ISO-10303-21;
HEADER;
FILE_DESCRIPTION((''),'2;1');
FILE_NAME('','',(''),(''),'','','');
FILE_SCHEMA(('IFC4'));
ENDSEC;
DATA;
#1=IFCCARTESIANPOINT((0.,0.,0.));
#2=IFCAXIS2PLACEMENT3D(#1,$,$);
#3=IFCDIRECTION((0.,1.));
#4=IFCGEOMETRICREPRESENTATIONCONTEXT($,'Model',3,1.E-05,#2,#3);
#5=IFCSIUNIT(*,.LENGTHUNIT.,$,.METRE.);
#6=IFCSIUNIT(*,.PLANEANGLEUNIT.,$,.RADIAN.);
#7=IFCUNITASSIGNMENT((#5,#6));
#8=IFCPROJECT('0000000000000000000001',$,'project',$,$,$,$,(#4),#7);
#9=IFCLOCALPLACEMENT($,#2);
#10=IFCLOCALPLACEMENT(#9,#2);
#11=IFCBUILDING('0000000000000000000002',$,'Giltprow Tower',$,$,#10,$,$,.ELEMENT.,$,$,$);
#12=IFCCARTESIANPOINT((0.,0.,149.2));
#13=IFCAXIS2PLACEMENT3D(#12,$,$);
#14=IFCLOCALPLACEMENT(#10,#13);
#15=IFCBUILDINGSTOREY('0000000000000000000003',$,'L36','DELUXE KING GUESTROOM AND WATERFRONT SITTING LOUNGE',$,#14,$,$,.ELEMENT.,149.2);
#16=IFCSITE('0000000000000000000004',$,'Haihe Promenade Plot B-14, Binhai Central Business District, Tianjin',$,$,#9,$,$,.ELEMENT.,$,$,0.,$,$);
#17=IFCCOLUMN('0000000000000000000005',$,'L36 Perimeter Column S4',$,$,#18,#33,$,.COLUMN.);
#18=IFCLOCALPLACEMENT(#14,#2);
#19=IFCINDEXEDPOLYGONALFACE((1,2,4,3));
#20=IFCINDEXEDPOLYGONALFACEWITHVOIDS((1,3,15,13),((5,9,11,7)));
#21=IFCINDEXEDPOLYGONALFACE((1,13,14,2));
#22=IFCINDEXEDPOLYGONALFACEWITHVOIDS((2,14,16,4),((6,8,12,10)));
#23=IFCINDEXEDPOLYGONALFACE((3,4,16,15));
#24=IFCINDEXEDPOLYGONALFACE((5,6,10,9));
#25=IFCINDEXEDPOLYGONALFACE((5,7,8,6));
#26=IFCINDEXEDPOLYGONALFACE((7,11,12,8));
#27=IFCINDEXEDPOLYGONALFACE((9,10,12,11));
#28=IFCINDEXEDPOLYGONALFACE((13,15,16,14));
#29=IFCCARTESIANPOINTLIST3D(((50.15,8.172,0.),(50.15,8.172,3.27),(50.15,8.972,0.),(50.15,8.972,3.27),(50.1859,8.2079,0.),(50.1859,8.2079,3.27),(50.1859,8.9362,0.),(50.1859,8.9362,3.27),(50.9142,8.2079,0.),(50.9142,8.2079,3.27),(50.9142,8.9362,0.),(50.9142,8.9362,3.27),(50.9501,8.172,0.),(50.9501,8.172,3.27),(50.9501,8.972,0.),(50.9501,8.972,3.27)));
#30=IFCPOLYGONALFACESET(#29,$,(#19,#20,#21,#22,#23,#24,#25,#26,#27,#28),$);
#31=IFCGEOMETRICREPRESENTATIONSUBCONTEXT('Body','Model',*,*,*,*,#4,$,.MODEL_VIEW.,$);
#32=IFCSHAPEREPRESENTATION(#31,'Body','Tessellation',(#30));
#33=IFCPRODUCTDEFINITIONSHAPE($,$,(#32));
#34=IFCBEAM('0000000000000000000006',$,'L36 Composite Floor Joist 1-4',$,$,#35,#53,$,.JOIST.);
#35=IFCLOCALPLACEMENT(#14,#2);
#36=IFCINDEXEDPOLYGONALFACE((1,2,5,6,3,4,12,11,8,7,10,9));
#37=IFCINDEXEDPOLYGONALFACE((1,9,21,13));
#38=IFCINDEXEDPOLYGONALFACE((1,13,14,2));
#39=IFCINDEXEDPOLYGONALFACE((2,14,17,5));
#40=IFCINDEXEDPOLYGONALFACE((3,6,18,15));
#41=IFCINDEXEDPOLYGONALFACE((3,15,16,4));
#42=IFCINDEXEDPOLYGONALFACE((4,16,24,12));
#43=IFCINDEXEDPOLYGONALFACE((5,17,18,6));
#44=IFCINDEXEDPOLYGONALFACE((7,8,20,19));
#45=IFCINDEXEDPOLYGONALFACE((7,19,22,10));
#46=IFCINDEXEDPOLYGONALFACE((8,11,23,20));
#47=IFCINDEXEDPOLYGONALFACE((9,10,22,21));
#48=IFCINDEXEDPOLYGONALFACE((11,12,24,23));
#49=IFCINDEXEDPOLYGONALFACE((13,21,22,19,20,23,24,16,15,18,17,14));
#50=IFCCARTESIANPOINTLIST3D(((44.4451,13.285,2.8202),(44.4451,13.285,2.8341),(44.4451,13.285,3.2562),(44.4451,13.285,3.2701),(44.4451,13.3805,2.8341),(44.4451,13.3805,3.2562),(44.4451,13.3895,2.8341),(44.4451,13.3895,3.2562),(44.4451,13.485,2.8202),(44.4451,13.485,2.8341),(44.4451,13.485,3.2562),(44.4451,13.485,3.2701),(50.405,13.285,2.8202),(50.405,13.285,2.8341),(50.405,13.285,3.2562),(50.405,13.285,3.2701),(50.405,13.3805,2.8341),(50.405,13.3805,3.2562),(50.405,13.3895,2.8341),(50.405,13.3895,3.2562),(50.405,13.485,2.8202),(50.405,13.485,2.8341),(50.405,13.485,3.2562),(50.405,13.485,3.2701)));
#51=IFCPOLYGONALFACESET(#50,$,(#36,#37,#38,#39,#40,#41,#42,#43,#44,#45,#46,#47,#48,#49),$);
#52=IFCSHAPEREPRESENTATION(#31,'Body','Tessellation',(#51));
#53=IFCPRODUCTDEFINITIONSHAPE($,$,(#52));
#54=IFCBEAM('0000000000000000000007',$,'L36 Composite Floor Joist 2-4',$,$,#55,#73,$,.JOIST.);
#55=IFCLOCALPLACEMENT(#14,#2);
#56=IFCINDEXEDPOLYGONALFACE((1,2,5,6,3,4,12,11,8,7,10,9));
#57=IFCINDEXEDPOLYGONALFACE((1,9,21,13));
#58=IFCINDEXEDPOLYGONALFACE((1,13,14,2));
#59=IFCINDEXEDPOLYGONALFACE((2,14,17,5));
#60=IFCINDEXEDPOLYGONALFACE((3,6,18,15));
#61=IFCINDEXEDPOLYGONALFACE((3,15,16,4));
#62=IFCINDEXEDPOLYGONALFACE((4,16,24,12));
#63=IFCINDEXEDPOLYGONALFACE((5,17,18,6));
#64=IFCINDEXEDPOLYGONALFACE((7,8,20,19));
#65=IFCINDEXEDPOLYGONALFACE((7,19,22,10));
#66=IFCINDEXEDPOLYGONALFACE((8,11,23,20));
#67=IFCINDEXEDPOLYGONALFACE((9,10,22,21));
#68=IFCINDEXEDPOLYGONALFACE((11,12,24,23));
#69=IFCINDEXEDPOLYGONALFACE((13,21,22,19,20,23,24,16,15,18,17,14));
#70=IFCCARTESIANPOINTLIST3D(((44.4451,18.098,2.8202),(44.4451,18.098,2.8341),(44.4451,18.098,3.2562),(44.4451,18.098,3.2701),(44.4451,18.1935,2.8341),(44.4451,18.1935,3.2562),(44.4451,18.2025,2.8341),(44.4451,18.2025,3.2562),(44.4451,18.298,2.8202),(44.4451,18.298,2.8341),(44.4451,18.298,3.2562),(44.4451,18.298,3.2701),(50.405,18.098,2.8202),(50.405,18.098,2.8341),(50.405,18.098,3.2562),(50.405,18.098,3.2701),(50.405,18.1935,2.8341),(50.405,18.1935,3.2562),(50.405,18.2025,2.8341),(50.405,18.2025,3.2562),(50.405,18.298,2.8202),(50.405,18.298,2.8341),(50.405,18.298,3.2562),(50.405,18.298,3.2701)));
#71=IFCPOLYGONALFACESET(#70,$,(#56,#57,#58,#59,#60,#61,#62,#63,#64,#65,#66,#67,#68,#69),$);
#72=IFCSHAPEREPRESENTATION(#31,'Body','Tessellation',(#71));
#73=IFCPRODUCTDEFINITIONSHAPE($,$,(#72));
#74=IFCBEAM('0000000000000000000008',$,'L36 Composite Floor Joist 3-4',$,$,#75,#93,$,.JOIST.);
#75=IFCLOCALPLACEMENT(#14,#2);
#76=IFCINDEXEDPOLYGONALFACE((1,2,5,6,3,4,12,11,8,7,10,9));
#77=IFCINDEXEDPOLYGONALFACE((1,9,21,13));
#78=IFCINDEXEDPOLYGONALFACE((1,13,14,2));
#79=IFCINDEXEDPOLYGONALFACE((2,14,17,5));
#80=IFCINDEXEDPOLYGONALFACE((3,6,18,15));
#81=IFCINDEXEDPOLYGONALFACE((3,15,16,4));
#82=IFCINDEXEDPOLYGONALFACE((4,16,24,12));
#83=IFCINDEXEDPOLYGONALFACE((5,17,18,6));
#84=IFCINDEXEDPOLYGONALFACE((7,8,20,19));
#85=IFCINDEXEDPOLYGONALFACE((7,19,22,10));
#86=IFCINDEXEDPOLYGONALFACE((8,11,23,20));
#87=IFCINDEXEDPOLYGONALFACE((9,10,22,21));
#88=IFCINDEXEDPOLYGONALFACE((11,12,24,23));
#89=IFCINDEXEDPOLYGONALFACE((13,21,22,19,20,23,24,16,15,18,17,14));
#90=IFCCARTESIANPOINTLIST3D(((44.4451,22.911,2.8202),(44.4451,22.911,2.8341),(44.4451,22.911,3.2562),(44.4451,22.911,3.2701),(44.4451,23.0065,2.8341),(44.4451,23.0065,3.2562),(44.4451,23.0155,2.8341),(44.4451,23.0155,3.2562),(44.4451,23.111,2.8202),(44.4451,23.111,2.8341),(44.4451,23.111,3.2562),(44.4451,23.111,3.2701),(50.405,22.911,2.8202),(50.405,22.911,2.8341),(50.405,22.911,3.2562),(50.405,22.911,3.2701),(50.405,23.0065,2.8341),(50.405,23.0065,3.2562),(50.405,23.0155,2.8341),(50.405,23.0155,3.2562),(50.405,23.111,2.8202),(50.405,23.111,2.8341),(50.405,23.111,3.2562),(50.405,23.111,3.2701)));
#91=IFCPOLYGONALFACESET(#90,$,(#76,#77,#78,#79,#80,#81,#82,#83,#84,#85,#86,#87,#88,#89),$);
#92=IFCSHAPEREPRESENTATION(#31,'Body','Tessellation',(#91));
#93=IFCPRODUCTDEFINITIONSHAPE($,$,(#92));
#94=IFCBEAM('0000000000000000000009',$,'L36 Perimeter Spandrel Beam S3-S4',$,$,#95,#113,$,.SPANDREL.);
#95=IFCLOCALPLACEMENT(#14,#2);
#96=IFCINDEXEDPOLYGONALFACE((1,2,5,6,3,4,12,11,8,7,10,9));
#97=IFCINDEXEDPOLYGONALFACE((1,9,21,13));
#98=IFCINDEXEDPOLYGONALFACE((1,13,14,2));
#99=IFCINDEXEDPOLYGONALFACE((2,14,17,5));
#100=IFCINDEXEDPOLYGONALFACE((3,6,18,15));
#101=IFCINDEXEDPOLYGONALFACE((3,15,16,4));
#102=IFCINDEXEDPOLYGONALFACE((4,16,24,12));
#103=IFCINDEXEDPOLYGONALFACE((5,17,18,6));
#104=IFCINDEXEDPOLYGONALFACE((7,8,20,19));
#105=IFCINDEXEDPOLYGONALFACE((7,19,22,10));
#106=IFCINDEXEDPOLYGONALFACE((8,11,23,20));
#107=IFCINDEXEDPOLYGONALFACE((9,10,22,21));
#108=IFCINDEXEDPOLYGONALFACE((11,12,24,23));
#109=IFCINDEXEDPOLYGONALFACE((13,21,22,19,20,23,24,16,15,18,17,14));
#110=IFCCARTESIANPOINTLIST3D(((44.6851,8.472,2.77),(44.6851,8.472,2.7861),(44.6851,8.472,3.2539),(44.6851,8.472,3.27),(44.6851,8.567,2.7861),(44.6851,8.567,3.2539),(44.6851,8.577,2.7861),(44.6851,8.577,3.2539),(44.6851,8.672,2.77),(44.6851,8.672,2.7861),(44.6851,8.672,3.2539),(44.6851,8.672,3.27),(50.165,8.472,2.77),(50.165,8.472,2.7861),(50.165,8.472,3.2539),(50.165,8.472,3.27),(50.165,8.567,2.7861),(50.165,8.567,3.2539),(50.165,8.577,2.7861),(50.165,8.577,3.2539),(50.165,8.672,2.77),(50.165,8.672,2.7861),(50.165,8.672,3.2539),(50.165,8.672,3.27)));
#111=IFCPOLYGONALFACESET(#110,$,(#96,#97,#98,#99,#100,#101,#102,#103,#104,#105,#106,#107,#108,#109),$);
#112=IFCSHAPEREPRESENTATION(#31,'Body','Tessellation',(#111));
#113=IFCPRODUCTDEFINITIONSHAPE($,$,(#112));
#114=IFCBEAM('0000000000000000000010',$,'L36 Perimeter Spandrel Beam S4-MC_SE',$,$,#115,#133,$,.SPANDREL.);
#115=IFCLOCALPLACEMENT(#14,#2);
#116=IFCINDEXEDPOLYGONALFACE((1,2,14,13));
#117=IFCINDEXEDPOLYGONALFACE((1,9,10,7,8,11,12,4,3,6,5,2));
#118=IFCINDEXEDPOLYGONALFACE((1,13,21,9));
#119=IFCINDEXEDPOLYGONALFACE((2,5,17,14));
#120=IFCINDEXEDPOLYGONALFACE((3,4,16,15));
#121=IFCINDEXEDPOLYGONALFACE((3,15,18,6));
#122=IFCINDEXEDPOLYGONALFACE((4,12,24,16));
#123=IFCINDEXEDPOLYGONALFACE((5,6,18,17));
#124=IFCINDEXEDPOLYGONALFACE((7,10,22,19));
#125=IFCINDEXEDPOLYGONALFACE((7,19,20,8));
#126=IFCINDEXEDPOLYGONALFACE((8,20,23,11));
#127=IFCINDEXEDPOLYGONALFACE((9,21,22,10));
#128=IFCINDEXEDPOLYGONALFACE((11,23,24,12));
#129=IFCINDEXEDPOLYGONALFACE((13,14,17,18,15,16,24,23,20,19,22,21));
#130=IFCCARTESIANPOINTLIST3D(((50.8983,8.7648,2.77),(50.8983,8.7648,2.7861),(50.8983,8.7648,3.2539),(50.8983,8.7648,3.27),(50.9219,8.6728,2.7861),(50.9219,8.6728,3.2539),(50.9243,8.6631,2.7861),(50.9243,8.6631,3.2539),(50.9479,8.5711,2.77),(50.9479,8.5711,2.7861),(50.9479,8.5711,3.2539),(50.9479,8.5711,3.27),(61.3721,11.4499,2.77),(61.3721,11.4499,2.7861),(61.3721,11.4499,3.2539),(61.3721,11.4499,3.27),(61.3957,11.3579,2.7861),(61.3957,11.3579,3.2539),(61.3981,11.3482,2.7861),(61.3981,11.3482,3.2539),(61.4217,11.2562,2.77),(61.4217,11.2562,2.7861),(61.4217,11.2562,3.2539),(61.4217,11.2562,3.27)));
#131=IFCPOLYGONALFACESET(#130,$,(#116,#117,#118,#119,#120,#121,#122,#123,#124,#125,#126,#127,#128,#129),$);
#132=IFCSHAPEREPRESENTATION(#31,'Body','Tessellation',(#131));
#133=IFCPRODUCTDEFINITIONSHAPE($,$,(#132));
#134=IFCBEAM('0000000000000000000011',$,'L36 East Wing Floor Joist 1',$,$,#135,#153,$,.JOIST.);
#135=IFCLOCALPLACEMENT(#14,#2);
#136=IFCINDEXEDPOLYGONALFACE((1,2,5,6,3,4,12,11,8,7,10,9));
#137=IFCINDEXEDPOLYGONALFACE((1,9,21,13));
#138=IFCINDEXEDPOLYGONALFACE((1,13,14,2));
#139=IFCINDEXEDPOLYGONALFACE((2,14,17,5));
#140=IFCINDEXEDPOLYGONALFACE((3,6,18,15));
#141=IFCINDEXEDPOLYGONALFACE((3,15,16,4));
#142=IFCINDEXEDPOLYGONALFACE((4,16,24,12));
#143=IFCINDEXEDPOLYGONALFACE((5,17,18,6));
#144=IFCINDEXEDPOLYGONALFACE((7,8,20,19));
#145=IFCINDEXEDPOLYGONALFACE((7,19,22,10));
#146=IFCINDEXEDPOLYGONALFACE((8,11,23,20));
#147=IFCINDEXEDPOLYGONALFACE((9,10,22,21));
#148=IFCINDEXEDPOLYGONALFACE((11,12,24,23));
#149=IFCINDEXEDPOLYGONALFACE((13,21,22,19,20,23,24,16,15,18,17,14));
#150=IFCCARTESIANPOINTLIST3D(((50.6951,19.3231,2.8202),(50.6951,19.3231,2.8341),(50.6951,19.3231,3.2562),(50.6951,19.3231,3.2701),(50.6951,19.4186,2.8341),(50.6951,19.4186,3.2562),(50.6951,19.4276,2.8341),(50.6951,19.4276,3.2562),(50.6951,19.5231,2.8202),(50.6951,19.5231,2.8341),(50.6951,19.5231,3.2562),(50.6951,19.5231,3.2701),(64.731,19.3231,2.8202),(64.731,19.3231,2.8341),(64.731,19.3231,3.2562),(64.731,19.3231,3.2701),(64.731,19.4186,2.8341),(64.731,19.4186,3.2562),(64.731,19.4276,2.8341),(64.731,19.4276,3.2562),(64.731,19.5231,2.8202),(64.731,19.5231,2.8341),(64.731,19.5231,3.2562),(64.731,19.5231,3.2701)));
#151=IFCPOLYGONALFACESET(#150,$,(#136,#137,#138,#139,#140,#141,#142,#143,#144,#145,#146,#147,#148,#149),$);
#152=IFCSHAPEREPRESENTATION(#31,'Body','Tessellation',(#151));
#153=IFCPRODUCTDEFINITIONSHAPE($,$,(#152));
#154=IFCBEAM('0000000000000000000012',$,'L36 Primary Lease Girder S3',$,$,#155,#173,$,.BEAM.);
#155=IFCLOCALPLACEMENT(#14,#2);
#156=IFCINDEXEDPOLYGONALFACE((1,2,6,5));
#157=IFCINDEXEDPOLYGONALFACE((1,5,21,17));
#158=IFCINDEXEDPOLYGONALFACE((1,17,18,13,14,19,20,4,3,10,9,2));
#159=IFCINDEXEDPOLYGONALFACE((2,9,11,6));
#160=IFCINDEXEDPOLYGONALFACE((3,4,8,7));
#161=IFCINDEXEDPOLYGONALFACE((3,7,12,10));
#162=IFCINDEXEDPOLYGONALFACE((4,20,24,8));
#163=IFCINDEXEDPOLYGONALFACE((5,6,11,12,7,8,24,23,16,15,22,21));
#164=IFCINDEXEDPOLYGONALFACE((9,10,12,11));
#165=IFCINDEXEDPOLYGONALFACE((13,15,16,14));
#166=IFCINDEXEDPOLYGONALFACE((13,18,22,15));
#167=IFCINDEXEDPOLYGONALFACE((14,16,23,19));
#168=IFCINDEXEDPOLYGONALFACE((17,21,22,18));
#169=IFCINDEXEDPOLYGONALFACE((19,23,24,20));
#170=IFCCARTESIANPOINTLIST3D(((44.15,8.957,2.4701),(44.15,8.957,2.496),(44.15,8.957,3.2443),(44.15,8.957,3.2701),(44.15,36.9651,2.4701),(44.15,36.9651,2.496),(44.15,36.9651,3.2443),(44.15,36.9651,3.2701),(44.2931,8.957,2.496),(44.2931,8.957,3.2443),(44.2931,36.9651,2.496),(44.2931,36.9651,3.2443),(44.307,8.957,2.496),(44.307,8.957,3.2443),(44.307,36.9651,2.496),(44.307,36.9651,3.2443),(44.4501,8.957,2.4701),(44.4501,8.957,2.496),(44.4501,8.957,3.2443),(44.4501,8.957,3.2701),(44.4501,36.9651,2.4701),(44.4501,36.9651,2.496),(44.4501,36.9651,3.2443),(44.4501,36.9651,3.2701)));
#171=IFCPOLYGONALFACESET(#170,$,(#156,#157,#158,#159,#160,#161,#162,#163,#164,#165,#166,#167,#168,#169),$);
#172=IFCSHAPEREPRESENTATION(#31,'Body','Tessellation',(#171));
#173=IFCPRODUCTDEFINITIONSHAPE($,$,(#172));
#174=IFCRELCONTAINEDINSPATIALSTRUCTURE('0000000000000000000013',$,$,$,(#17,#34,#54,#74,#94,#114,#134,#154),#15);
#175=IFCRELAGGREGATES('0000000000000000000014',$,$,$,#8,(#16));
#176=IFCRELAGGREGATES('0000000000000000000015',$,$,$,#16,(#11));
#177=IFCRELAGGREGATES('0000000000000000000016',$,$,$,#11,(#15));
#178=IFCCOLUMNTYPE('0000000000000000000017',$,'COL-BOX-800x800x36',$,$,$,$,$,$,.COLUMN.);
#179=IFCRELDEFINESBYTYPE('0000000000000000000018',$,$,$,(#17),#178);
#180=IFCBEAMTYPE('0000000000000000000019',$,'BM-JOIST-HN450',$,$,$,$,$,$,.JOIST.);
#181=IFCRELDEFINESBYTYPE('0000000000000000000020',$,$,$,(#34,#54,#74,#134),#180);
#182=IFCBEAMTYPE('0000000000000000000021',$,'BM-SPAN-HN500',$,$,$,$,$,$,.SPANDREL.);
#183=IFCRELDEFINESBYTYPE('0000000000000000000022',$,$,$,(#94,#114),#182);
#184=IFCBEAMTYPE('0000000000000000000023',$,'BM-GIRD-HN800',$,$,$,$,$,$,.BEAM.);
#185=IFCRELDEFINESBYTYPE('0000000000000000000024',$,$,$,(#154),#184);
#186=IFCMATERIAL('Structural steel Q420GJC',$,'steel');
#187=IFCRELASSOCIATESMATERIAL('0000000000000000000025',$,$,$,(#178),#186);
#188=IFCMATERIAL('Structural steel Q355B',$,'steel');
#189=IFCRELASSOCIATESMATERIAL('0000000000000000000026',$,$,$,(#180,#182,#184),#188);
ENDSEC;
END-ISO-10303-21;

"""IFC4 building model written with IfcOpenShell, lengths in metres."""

from ifc_helpers import new_model, si_unit, direction, frame, origin, origin_2d, place, context, subcontext, project, spatial, hollow_rectangle, i_section, extrude, source, transform, mapped, material, material_profile, profile_set, type_object, element, save


model = new_model("IFC4")

# Units and contexts
model_context = context("Model", 3, precision=1e-05, world=origin(), true_north=direction((0.0, 1.0)))
body_context = subcontext(model_context, "Body", "Model", "MODEL_VIEW")
ifc_project = project(units=[si_unit("LENGTHUNIT", "METRE"), si_unit("PLANEANGLEUNIT", "RADIAN")], contexts=[model_context])

# Site, building, storey
site_placement = place(None, origin())
site = spatial("IfcSite", under=ifc_project, at=site_placement, Name="Haihe Promenade Plot B-14, Binhai Central Business District, Tianjin", CompositionType="ELEMENT", RefElevation=0.0)
building_placement = place(site_placement, origin())
building = spatial("IfcBuilding", under=site, at=building_placement, Name="Giltprow Tower", CompositionType="ELEMENT")
storey_placement = place(building_placement, frame((0.0, 0.0, 149.2)))
storey = spatial("IfcBuildingStorey", under=building, at=storey_placement, Name="L36", Description="DELUXE KING GUESTROOM AND WATERFRONT SITTING LOUNGE", CompositionType="ELEMENT", Elevation=149.2)

# Column
ifc_material_1 = material(Name="Structural steel Q420GJC", Category="steel")
ifc_material_profile_1 = material_profile(ifc_material_1, hollow_rectangle(XDim=0.8, YDim=0.8, WallThickness=0.0359, at=origin_2d()), Name="BOX 800x800x36")
ifc_profile_set_1 = profile_set([ifc_material_profile_1], Name="Structural steel Q420GJC")
column_type = type_object("IfcColumnType", Name="COL-BOX-800x800x36", PredefinedType="COLUMN", material=ifc_profile_set_1)
shared_shape_1 = source(origin(), body_context, "Body", "SweptSolid", [
    extrude(hollow_rectangle(XDim=0.8, YDim=0.8, WallThickness=0.0359, at=origin_2d()), origin(), (0.0, 0.0, 1.0), 3.27),
])
column_placement = place(storey_placement, frame((50.55, 8.572, 0.0), z_axis=(0.0, 0.0, 1.0), x_axis=(1.0, 0.0, 0.0)))
element("IfcColumn", 1, at=column_placement, inside=storey, type_object=column_type, Name="L36 Perimeter Column S4", PredefinedType="COLUMN", context=body_context, shape_type="MappedRepresentation", body=[
    mapped(shared_shape_1, transform((0.0, 0.0, 0.0), x_axis=(1.0, 0.0, 0.0), y_axis=(0.0, 1.0, 0.0), z_axis=(0.0, 0.0, 1.0), scale=1.0)),
])

# Beams
ifc_material_2 = material(Name="Structural steel Q355B", Category="steel")
ifc_material_profile_2 = material_profile(ifc_material_2, i_section(OverallWidth=0.2, OverallDepth=0.45, WebThickness=0.009, FlangeThickness=0.0139, at=origin_2d()), Name="HN 450x200x9x14")
ifc_profile_set_2 = profile_set([ifc_material_profile_2], Name="Structural steel Q355B")
beam_type_1 = type_object("IfcBeamType", Name="BM-JOIST-HN450", PredefinedType="JOIST", material=ifc_profile_set_2)
shared_shape_2 = source(origin(), body_context, "Body", "SweptSolid", [
    extrude(i_section(OverallWidth=0.2, OverallDepth=0.45, WebThickness=0.009, FlangeThickness=0.0139, at=origin_2d()), origin(), (0.0, 0.0, 1.0), 5.96),
])
for number, where, z_axis, x_axis, name in (
    (2, (44.4451, 13.385, 3.0452), (1.0, 0.0, 0.0), (0.0, 1.0, 0.0), "L36 Composite Floor Joist 1-4"),
    (3, (44.4451, 18.198, 3.0452), (1.0, 0.0, 0.0), (0.0, 1.0, 0.0), "L36 Composite Floor Joist 2-4"),
    (4, (44.4451, 23.011, 3.0452), (1.0, 0.0, 0.0), (0.0, 1.0, 0.0), "L36 Composite Floor Joist 3-4"),
):
    element("IfcBeam", number, at=place(storey_placement, frame(where, z_axis=z_axis, x_axis=x_axis)), inside=storey, type_object=beam_type_1, Name=name, PredefinedType="JOIST", context=body_context, shape_type="MappedRepresentation", body=[
        mapped(shared_shape_2, transform((0.0, 0.0, 0.0), x_axis=(1.0, 0.0, 0.0), y_axis=(0.0, 1.0, 0.0), z_axis=(0.0, 0.0, 1.0), scale=1.0)),
    ])
ifc_material_profile_3 = material_profile(ifc_material_2, i_section(OverallWidth=0.2, OverallDepth=0.5, WebThickness=0.01, FlangeThickness=0.0161, at=origin_2d()), Name="HN 500x200x10x16")
ifc_profile_set_3 = profile_set([ifc_material_profile_3], Name="Structural steel Q355B")
beam_type_2 = type_object("IfcBeamType", Name="BM-SPAN-HN500", PredefinedType="SPANDREL", material=ifc_profile_set_3)
shared_shape_3 = source(origin(), body_context, "Body", "SweptSolid", [
    extrude(i_section(OverallWidth=0.2, OverallDepth=0.5, WebThickness=0.01, FlangeThickness=0.0161, at=origin_2d()), origin(), (0.0, 0.0, 1.0), 5.48),
])
beam_1_placement = place(storey_placement, frame((44.6851, 8.572, 3.02), z_axis=(1.0, 0.0, 0.0), x_axis=(0.0, 1.0, 0.0)))
element("IfcBeam", 5, at=beam_1_placement, inside=storey, type_object=beam_type_2, Name="L36 Perimeter Spandrel Beam S3-S4", PredefinedType="SPANDREL", context=body_context, shape_type="MappedRepresentation", body=[
    mapped(shared_shape_3, transform((0.0, 0.0, 0.0), x_axis=(1.0, 0.0, 0.0), y_axis=(0.0, 1.0, 0.0), z_axis=(0.0, 0.0, 1.0), scale=1.0)),
])
shared_shape_4 = source(origin(), body_context, "Body", "SweptSolid", [
    extrude(i_section(OverallWidth=0.2, OverallDepth=0.5, WebThickness=0.01, FlangeThickness=0.0161, at=origin_2d()), origin(), (0.0, 0.0, 1.0), 10.8125),
])
beam_2_placement = place(storey_placement, frame((50.9231, 8.668, 3.02), z_axis=(0.968676, 0.248328, 0.0), x_axis=(-0.248328, 0.968676, 0.0)))
element("IfcBeam", 6, at=beam_2_placement, inside=storey, type_object=beam_type_2, Name="L36 Perimeter Spandrel Beam S4-MC_SE", PredefinedType="SPANDREL", context=body_context, shape_type="MappedRepresentation", body=[
    mapped(shared_shape_4, transform((0.0, 0.0, 0.0), x_axis=(1.0, 0.0, 0.0), y_axis=(0.0, 1.0, 0.0), z_axis=(0.0, 0.0, 1.0), scale=1.0)),
])
shared_shape_5 = source(origin(), body_context, "Body", "SweptSolid", [
    extrude(i_section(OverallWidth=0.2, OverallDepth=0.45, WebThickness=0.009, FlangeThickness=0.0139, at=origin_2d()), origin(), (0.0, 0.0, 1.0), 14.0359),
])
beam_3_placement = place(storey_placement, frame((50.6951, 19.4231, 3.0452), z_axis=(1.0, 0.0, 0.0), x_axis=(0.0, 1.0, 0.0)))
element("IfcBeam", 7, at=beam_3_placement, inside=storey, type_object=beam_type_1, Name="L36 East Wing Floor Joist 1", PredefinedType="JOIST", context=body_context, shape_type="MappedRepresentation", body=[
    mapped(shared_shape_5, transform((0.0, 0.0, 0.0), x_axis=(1.0, 0.0, 0.0), y_axis=(0.0, 1.0, 0.0), z_axis=(0.0, 0.0, 1.0), scale=1.0)),
])
ifc_material_profile_4 = material_profile(ifc_material_2, i_section(OverallWidth=0.3, OverallDepth=0.8, WebThickness=0.0139, FlangeThickness=0.0259, at=origin_2d()), Name="HN 800x300x14x26")
ifc_profile_set_4 = profile_set([ifc_material_profile_4], Name="Structural steel Q355B")
beam_type_3 = type_object("IfcBeamType", Name="BM-GIRD-HN800", PredefinedType="BEAM", material=ifc_profile_set_4)
shared_shape_6 = source(origin(), body_context, "Body", "SweptSolid", [
    extrude(i_section(OverallWidth=0.3, OverallDepth=0.8, WebThickness=0.0139, FlangeThickness=0.0259, at=origin_2d()), origin(), (0.0, 0.0, 1.0), 28.0081),
])
for number, where, z_axis, x_axis, name in (
    (8, (44.3, 8.957, 2.8701), (0.0, 1.0, 0.0), (-1.0, 0.0, 0.0), "L36 Primary Lease Girder S3"),
):
    element("IfcBeam", number, at=place(storey_placement, frame(where, z_axis=z_axis, x_axis=x_axis)), inside=storey, type_object=beam_type_3, Name=name, PredefinedType="BEAM", context=body_context, shape_type="MappedRepresentation", body=[
        mapped(shared_shape_6, transform((0.0, 0.0, 0.0), x_axis=(1.0, 0.0, 0.0), y_axis=(0.0, 1.0, 0.0), z_axis=(0.0, 0.0, 1.0), scale=1.0)),
    ])

save(model, "model.ifc")
